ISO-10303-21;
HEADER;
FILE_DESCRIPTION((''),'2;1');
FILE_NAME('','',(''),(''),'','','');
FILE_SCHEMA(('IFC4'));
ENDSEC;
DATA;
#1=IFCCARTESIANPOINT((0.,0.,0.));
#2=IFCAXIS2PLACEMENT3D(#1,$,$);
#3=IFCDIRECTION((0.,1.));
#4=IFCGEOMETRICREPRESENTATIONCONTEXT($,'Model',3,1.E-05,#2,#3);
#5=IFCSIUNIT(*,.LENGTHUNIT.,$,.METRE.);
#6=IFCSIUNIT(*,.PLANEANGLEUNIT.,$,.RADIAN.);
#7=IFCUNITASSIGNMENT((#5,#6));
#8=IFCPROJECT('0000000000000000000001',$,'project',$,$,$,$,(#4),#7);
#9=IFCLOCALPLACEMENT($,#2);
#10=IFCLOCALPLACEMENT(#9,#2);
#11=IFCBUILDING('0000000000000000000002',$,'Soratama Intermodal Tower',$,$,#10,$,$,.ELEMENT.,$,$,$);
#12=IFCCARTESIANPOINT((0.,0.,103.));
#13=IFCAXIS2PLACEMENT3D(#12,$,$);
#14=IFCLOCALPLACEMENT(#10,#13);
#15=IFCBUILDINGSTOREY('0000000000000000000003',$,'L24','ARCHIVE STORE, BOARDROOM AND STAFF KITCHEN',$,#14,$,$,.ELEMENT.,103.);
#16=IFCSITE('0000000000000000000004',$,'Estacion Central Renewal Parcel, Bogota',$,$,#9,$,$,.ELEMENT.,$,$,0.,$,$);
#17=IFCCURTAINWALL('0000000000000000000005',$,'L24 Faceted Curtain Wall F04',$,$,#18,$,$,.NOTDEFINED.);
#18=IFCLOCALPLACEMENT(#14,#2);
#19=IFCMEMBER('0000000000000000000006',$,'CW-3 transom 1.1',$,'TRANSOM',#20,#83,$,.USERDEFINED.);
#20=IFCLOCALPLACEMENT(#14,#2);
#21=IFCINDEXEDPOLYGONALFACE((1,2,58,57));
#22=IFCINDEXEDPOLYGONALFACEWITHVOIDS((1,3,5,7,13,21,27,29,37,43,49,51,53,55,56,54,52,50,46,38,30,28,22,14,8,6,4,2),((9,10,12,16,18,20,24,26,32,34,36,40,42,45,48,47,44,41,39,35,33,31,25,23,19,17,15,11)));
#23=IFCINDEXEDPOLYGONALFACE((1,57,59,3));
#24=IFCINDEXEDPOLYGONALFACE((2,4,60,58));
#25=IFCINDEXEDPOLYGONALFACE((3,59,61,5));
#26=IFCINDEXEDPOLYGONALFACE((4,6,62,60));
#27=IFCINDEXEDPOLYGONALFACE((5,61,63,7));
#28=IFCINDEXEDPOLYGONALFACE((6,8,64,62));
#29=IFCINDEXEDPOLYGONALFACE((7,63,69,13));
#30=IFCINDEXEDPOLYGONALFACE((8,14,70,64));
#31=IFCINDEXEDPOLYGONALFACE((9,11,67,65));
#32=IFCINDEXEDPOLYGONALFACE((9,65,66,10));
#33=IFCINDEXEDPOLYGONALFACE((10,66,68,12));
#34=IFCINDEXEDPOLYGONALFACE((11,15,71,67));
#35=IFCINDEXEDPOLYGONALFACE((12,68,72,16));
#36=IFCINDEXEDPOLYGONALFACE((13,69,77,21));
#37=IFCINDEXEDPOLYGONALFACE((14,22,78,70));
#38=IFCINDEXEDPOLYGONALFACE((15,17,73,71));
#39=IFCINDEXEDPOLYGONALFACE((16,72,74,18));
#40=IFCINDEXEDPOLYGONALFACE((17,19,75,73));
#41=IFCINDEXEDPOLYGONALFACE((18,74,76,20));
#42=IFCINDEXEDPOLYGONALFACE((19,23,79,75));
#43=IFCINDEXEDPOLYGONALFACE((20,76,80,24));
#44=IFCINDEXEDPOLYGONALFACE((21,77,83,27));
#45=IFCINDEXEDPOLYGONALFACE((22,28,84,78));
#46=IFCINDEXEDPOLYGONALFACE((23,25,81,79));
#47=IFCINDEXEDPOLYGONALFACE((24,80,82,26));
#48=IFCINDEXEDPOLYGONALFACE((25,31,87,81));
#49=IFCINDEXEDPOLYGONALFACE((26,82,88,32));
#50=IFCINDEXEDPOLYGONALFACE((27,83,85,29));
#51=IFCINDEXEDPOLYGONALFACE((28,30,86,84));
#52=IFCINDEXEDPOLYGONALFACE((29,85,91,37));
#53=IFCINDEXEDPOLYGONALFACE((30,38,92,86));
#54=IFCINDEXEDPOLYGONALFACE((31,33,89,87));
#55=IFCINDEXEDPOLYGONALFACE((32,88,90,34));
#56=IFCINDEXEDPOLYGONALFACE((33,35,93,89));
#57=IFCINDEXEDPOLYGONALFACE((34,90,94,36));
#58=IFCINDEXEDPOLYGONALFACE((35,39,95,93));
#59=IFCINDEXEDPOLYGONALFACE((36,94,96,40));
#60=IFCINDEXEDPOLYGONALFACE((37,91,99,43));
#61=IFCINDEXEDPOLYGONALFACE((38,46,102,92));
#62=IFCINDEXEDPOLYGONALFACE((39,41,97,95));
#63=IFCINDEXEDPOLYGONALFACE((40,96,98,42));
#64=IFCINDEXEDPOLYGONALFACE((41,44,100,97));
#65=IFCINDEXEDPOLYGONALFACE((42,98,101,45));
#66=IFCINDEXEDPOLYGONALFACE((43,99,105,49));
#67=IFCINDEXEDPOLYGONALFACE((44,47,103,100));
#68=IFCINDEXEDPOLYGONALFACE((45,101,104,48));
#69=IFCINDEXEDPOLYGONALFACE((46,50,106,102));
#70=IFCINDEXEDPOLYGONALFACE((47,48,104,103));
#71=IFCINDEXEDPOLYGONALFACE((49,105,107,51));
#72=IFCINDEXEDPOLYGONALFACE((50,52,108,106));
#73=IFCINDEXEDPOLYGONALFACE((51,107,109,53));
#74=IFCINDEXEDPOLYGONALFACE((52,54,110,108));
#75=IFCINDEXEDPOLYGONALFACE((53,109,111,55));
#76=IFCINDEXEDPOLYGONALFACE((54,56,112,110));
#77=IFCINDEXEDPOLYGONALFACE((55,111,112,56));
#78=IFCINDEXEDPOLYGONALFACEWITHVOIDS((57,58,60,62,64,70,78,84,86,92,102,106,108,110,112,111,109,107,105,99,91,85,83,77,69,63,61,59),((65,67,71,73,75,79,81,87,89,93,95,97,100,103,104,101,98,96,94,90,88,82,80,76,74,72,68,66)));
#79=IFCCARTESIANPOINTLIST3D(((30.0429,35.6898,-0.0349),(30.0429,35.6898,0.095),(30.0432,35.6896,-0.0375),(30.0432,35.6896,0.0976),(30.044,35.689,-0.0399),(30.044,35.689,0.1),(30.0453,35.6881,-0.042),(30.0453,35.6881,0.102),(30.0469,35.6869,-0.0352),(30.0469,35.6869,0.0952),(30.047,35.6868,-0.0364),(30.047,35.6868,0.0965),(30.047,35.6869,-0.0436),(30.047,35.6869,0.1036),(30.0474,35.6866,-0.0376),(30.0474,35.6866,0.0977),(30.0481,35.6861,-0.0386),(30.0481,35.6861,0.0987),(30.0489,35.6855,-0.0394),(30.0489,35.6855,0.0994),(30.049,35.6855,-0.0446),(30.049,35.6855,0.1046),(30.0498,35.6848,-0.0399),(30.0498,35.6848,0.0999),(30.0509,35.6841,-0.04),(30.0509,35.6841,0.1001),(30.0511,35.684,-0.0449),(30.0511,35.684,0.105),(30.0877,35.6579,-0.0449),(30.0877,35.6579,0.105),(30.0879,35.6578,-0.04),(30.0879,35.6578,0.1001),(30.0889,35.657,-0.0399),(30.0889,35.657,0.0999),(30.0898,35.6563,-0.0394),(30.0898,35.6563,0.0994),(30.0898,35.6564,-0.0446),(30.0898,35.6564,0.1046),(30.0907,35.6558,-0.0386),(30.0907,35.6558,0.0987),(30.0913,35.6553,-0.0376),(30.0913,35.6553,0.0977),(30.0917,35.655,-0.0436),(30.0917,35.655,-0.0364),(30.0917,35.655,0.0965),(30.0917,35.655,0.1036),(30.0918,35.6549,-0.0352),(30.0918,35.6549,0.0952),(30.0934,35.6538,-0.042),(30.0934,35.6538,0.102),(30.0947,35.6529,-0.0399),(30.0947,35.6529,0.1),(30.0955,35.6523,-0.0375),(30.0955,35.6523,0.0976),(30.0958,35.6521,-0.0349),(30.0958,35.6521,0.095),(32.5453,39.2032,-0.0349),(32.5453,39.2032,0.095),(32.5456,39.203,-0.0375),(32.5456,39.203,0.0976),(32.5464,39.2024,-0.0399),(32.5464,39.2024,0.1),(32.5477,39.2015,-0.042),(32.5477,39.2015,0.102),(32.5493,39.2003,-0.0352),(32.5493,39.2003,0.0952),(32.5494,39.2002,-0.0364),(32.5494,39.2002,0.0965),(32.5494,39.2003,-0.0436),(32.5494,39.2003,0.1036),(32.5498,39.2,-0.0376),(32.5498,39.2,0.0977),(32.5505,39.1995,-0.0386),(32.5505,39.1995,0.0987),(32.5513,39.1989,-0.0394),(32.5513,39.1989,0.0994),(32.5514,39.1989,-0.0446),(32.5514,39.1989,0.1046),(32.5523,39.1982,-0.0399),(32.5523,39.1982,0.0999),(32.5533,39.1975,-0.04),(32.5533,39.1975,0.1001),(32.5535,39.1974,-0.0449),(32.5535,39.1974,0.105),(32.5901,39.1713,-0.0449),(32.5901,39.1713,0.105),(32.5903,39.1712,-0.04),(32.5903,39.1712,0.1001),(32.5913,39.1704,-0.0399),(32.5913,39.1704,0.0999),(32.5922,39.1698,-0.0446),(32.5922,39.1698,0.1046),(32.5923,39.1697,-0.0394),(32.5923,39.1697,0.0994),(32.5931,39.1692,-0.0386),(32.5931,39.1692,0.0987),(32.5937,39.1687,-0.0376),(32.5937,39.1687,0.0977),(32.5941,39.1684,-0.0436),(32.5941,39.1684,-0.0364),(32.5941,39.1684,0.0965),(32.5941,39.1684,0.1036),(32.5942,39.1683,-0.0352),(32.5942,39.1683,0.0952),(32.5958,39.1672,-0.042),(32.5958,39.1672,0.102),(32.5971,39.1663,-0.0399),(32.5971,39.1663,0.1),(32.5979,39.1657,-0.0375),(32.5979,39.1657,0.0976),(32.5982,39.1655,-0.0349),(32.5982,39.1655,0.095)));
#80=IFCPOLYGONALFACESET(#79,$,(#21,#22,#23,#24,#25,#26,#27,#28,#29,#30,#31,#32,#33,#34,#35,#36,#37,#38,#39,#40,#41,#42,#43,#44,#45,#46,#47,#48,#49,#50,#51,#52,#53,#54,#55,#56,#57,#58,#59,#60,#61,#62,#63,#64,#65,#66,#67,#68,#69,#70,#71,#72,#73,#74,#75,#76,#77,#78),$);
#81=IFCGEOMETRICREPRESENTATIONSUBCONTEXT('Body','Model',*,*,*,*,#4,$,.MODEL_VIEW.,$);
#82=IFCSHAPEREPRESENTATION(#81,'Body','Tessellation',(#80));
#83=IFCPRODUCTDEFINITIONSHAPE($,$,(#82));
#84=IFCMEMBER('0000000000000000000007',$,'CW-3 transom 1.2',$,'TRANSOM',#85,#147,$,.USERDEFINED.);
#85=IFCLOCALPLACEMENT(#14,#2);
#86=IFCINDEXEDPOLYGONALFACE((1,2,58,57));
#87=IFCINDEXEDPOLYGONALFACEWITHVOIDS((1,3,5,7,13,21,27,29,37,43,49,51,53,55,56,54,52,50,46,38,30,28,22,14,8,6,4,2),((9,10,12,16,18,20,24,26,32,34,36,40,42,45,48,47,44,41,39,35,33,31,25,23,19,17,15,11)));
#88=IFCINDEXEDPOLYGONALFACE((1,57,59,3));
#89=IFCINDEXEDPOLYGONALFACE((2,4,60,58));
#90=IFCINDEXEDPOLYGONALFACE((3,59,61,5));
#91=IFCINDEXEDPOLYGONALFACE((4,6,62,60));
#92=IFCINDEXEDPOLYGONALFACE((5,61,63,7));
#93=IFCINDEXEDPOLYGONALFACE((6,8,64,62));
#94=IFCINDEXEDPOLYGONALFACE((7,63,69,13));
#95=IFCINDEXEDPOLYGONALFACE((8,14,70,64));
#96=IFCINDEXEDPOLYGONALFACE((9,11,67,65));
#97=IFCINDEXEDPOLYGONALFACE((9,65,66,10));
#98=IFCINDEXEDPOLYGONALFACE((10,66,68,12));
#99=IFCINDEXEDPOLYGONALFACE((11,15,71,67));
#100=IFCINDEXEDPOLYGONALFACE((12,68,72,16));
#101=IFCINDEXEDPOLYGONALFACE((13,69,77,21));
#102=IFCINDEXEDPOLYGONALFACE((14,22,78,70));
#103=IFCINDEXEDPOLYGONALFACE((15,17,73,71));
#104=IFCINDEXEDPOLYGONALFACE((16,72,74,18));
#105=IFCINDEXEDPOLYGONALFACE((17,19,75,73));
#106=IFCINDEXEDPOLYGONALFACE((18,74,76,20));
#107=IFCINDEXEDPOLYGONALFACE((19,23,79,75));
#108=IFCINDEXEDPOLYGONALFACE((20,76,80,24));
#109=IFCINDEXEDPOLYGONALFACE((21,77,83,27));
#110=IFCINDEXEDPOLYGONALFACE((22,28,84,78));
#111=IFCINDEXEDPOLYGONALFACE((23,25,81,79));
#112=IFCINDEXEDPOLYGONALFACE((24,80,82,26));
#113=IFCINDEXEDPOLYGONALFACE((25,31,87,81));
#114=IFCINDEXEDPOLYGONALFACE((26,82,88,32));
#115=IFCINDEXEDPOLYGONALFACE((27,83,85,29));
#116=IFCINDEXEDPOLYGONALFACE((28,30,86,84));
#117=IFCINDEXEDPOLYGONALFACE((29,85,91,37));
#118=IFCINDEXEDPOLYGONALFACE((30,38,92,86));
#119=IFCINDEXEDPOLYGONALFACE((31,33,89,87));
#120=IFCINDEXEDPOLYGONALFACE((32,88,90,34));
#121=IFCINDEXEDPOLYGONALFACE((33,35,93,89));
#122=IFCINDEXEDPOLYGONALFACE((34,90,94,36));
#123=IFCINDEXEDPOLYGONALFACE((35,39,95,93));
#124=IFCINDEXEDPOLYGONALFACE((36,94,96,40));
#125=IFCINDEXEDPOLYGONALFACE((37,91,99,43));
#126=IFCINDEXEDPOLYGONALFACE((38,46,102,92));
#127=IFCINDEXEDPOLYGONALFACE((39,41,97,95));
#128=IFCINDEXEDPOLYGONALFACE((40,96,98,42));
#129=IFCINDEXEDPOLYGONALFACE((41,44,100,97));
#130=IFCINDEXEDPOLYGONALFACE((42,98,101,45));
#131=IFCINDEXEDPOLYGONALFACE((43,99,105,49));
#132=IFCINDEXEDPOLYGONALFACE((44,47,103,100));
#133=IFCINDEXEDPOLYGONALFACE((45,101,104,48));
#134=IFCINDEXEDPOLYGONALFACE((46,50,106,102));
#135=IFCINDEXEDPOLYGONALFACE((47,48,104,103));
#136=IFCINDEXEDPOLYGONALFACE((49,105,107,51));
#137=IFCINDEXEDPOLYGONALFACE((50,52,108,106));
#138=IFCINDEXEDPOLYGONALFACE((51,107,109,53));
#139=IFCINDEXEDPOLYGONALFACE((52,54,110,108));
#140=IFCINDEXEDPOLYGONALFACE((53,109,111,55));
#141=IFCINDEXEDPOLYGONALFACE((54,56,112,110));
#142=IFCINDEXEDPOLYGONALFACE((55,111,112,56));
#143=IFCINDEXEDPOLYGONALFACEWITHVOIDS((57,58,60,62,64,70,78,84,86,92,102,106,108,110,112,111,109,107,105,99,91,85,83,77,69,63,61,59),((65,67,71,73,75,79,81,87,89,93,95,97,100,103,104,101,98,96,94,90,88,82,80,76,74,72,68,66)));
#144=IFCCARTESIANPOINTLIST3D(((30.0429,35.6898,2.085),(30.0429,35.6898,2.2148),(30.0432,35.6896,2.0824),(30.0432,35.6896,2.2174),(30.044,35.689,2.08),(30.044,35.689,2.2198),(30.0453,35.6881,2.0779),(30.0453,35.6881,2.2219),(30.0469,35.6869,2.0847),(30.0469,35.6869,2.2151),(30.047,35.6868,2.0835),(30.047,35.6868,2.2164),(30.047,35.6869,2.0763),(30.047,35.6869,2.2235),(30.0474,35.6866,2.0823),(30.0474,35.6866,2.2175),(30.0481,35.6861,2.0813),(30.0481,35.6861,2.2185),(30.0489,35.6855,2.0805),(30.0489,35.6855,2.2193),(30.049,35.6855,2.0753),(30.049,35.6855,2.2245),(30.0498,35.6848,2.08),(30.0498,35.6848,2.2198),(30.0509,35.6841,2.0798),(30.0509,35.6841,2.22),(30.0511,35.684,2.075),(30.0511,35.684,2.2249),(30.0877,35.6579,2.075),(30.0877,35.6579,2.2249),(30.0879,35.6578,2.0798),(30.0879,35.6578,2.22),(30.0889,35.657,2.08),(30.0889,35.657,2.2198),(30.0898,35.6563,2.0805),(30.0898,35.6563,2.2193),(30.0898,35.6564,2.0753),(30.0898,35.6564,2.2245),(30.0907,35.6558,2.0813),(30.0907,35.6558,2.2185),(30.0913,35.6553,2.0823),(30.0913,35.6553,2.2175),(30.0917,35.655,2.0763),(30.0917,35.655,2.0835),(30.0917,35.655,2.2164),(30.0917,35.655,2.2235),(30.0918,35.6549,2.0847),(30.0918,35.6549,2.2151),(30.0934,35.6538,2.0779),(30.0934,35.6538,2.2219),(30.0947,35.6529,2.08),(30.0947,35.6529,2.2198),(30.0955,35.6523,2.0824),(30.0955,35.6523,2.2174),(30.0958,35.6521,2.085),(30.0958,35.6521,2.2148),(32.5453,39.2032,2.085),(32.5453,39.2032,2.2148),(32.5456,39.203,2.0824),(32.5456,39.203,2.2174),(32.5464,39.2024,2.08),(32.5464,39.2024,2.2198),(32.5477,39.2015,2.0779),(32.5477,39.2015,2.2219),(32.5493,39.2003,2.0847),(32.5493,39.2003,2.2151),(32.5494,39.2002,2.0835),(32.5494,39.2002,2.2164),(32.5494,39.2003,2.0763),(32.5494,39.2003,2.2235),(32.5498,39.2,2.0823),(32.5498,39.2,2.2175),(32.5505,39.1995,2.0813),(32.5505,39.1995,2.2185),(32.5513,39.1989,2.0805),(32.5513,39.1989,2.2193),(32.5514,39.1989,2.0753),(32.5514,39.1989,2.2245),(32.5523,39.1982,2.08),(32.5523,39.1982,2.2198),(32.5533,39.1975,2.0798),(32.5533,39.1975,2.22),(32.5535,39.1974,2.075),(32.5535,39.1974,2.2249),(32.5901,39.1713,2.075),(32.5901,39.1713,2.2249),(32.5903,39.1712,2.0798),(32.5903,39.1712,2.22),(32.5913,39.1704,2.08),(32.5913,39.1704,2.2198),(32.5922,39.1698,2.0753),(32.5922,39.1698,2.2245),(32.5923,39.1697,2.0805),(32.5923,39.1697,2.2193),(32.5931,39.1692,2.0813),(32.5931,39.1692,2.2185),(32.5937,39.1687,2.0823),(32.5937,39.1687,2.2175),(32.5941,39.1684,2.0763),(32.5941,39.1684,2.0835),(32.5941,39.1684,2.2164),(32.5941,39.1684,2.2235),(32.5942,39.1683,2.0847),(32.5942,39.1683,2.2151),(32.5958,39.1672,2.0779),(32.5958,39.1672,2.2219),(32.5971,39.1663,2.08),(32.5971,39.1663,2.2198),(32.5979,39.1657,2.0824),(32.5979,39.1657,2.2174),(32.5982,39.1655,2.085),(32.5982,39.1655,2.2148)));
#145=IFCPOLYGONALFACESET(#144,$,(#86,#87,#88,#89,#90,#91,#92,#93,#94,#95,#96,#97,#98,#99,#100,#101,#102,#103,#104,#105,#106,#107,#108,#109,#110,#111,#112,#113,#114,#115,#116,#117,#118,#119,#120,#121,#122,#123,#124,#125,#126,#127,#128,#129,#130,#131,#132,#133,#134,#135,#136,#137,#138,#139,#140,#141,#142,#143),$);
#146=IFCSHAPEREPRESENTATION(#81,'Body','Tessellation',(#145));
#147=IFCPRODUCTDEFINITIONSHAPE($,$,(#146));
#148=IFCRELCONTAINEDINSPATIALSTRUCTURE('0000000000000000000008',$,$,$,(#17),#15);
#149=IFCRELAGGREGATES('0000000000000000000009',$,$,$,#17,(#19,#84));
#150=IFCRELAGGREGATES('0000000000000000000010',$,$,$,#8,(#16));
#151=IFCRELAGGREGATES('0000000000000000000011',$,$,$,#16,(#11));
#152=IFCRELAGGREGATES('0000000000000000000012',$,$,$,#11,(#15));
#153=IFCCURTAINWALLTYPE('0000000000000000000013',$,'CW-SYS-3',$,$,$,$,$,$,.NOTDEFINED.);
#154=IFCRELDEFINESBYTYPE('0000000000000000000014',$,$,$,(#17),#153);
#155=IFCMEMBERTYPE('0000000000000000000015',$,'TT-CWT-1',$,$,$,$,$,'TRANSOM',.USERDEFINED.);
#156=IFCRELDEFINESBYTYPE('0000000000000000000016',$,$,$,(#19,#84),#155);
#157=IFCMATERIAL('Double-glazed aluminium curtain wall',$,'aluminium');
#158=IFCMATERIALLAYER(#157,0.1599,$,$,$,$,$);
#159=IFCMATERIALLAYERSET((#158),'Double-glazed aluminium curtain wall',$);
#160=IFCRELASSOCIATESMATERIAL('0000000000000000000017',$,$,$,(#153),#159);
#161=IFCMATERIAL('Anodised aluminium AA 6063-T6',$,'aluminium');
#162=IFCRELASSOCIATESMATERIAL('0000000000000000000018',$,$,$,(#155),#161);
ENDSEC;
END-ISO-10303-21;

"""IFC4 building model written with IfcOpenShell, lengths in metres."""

from ifc_helpers import new_model, si_unit, direction, frame, origin, origin_2d, place, context, subcontext, project, spatial, hollow_rectangle, extrude, material, layer, layer_set, material_profile, profile_set, type_object, element, aggregate, save


model = new_model("IFC4")

# Units and contexts
model_context = context("Model", 3, precision=1e-05, world=origin(), true_north=direction((0.0, 1.0)))
body_context = subcontext(model_context, "Body", "Model", "MODEL_VIEW")
ifc_project = project(units=[si_unit("LENGTHUNIT", "METRE"), si_unit("PLANEANGLEUNIT", "RADIAN")], contexts=[model_context])

# Site, building, storey
site_placement = place(None, origin())
site = spatial("IfcSite", under=ifc_project, at=site_placement, Name="Estacion Central Renewal Parcel, Bogota", CompositionType="ELEMENT", RefElevation=0.0)
building_placement = place(site_placement, origin())
building = spatial("IfcBuilding", under=site, at=building_placement, Name="Soratama Intermodal Tower", CompositionType="ELEMENT")
storey_placement = place(building_placement, frame((0.0, 0.0, 103.0)))
storey = spatial("IfcBuildingStorey", under=building, at=storey_placement, Name="L24", Description="ARCHIVE STORE, BOARDROOM AND STAFF KITCHEN", CompositionType="ELEMENT", Elevation=103.0)

# Curtain wall, members
ifc_material_1 = material(Name="Double-glazed aluminium curtain wall", Category="aluminium")
ifc_layer_1 = layer(ifc_material_1, 0.1599)
ifc_layer_set_1 = layer_set([ifc_layer_1], Name="Double-glazed aluminium curtain wall")
curtain_wall_type = type_object("IfcCurtainWallType", Name="CW-SYS-3", PredefinedType="NOTDEFINED", material=ifc_layer_set_1)
curtain_wall_placement = place(storey_placement, origin())
curtain_wall = element("IfcCurtainWall", 1, at=curtain_wall_placement, inside=storey, type_object=curtain_wall_type, Name="L24 Faceted Curtain Wall F04", PredefinedType="NOTDEFINED")
ifc_material_2 = material(Name="Anodised aluminium AA 6063-T6", Category="aluminium")
ifc_material_profile_1 = material_profile(ifc_material_2, hollow_rectangle(XDim=0.0649, YDim=0.1499, WallThickness=0.0049, InnerFilletRadius=0.0049, OuterFilletRadius=0.01, at=origin_2d()), Name="CWT150X65X5")
ifc_profile_set_1 = profile_set([ifc_material_profile_1], Name="Anodised aluminium AA 6063-T6")
member_type_1 = type_object("IfcMemberType", Name="TT-CWT-1", ElementType="TRANSOM", PredefinedType="USERDEFINED", material=ifc_profile_set_1)
member_1_placement = place(storey_placement, frame((32.5718, 39.1843, 0.03), z_axis=(-0.58014, -0.814517, 0.0), x_axis=(0.814517, -0.58014, 0.0)))
member_1 = element("IfcMember", 2, at=member_1_placement, type_object=member_type_1, Name="CW-3 transom 1.1", ObjectType="TRANSOM", PredefinedType="USERDEFINED", context=body_context, shape_type="SweptSolid", body=[
    extrude(hollow_rectangle(XDim=0.0649, YDim=0.1499, WallThickness=0.0049, InnerFilletRadius=0.0049, OuterFilletRadius=0.01, at=origin_2d()), origin(), (0.0, 0.0, 1.0), 4.3135),
])
member_2_placement = place(storey_placement, frame((32.5718, 39.1843, 2.1499), z_axis=(-0.58014, -0.814517, 0.0), x_axis=(0.814517, -0.58014, 0.0)))
member_2 = element("IfcMember", 3, at=member_2_placement, type_object=member_type_1, Name="CW-3 transom 1.2", ObjectType="TRANSOM", PredefinedType="USERDEFINED", context=body_context, shape_type="SweptSolid", body=[
    extrude(hollow_rectangle(XDim=0.0649, YDim=0.1499, WallThickness=0.0049, InnerFilletRadius=0.0049, OuterFilletRadius=0.01, at=origin_2d()), origin(), (0.0, 0.0, 1.0), 4.3135),
])
aggregate(curtain_wall, [member_1, member_2])

save(model, "model.ifc")
